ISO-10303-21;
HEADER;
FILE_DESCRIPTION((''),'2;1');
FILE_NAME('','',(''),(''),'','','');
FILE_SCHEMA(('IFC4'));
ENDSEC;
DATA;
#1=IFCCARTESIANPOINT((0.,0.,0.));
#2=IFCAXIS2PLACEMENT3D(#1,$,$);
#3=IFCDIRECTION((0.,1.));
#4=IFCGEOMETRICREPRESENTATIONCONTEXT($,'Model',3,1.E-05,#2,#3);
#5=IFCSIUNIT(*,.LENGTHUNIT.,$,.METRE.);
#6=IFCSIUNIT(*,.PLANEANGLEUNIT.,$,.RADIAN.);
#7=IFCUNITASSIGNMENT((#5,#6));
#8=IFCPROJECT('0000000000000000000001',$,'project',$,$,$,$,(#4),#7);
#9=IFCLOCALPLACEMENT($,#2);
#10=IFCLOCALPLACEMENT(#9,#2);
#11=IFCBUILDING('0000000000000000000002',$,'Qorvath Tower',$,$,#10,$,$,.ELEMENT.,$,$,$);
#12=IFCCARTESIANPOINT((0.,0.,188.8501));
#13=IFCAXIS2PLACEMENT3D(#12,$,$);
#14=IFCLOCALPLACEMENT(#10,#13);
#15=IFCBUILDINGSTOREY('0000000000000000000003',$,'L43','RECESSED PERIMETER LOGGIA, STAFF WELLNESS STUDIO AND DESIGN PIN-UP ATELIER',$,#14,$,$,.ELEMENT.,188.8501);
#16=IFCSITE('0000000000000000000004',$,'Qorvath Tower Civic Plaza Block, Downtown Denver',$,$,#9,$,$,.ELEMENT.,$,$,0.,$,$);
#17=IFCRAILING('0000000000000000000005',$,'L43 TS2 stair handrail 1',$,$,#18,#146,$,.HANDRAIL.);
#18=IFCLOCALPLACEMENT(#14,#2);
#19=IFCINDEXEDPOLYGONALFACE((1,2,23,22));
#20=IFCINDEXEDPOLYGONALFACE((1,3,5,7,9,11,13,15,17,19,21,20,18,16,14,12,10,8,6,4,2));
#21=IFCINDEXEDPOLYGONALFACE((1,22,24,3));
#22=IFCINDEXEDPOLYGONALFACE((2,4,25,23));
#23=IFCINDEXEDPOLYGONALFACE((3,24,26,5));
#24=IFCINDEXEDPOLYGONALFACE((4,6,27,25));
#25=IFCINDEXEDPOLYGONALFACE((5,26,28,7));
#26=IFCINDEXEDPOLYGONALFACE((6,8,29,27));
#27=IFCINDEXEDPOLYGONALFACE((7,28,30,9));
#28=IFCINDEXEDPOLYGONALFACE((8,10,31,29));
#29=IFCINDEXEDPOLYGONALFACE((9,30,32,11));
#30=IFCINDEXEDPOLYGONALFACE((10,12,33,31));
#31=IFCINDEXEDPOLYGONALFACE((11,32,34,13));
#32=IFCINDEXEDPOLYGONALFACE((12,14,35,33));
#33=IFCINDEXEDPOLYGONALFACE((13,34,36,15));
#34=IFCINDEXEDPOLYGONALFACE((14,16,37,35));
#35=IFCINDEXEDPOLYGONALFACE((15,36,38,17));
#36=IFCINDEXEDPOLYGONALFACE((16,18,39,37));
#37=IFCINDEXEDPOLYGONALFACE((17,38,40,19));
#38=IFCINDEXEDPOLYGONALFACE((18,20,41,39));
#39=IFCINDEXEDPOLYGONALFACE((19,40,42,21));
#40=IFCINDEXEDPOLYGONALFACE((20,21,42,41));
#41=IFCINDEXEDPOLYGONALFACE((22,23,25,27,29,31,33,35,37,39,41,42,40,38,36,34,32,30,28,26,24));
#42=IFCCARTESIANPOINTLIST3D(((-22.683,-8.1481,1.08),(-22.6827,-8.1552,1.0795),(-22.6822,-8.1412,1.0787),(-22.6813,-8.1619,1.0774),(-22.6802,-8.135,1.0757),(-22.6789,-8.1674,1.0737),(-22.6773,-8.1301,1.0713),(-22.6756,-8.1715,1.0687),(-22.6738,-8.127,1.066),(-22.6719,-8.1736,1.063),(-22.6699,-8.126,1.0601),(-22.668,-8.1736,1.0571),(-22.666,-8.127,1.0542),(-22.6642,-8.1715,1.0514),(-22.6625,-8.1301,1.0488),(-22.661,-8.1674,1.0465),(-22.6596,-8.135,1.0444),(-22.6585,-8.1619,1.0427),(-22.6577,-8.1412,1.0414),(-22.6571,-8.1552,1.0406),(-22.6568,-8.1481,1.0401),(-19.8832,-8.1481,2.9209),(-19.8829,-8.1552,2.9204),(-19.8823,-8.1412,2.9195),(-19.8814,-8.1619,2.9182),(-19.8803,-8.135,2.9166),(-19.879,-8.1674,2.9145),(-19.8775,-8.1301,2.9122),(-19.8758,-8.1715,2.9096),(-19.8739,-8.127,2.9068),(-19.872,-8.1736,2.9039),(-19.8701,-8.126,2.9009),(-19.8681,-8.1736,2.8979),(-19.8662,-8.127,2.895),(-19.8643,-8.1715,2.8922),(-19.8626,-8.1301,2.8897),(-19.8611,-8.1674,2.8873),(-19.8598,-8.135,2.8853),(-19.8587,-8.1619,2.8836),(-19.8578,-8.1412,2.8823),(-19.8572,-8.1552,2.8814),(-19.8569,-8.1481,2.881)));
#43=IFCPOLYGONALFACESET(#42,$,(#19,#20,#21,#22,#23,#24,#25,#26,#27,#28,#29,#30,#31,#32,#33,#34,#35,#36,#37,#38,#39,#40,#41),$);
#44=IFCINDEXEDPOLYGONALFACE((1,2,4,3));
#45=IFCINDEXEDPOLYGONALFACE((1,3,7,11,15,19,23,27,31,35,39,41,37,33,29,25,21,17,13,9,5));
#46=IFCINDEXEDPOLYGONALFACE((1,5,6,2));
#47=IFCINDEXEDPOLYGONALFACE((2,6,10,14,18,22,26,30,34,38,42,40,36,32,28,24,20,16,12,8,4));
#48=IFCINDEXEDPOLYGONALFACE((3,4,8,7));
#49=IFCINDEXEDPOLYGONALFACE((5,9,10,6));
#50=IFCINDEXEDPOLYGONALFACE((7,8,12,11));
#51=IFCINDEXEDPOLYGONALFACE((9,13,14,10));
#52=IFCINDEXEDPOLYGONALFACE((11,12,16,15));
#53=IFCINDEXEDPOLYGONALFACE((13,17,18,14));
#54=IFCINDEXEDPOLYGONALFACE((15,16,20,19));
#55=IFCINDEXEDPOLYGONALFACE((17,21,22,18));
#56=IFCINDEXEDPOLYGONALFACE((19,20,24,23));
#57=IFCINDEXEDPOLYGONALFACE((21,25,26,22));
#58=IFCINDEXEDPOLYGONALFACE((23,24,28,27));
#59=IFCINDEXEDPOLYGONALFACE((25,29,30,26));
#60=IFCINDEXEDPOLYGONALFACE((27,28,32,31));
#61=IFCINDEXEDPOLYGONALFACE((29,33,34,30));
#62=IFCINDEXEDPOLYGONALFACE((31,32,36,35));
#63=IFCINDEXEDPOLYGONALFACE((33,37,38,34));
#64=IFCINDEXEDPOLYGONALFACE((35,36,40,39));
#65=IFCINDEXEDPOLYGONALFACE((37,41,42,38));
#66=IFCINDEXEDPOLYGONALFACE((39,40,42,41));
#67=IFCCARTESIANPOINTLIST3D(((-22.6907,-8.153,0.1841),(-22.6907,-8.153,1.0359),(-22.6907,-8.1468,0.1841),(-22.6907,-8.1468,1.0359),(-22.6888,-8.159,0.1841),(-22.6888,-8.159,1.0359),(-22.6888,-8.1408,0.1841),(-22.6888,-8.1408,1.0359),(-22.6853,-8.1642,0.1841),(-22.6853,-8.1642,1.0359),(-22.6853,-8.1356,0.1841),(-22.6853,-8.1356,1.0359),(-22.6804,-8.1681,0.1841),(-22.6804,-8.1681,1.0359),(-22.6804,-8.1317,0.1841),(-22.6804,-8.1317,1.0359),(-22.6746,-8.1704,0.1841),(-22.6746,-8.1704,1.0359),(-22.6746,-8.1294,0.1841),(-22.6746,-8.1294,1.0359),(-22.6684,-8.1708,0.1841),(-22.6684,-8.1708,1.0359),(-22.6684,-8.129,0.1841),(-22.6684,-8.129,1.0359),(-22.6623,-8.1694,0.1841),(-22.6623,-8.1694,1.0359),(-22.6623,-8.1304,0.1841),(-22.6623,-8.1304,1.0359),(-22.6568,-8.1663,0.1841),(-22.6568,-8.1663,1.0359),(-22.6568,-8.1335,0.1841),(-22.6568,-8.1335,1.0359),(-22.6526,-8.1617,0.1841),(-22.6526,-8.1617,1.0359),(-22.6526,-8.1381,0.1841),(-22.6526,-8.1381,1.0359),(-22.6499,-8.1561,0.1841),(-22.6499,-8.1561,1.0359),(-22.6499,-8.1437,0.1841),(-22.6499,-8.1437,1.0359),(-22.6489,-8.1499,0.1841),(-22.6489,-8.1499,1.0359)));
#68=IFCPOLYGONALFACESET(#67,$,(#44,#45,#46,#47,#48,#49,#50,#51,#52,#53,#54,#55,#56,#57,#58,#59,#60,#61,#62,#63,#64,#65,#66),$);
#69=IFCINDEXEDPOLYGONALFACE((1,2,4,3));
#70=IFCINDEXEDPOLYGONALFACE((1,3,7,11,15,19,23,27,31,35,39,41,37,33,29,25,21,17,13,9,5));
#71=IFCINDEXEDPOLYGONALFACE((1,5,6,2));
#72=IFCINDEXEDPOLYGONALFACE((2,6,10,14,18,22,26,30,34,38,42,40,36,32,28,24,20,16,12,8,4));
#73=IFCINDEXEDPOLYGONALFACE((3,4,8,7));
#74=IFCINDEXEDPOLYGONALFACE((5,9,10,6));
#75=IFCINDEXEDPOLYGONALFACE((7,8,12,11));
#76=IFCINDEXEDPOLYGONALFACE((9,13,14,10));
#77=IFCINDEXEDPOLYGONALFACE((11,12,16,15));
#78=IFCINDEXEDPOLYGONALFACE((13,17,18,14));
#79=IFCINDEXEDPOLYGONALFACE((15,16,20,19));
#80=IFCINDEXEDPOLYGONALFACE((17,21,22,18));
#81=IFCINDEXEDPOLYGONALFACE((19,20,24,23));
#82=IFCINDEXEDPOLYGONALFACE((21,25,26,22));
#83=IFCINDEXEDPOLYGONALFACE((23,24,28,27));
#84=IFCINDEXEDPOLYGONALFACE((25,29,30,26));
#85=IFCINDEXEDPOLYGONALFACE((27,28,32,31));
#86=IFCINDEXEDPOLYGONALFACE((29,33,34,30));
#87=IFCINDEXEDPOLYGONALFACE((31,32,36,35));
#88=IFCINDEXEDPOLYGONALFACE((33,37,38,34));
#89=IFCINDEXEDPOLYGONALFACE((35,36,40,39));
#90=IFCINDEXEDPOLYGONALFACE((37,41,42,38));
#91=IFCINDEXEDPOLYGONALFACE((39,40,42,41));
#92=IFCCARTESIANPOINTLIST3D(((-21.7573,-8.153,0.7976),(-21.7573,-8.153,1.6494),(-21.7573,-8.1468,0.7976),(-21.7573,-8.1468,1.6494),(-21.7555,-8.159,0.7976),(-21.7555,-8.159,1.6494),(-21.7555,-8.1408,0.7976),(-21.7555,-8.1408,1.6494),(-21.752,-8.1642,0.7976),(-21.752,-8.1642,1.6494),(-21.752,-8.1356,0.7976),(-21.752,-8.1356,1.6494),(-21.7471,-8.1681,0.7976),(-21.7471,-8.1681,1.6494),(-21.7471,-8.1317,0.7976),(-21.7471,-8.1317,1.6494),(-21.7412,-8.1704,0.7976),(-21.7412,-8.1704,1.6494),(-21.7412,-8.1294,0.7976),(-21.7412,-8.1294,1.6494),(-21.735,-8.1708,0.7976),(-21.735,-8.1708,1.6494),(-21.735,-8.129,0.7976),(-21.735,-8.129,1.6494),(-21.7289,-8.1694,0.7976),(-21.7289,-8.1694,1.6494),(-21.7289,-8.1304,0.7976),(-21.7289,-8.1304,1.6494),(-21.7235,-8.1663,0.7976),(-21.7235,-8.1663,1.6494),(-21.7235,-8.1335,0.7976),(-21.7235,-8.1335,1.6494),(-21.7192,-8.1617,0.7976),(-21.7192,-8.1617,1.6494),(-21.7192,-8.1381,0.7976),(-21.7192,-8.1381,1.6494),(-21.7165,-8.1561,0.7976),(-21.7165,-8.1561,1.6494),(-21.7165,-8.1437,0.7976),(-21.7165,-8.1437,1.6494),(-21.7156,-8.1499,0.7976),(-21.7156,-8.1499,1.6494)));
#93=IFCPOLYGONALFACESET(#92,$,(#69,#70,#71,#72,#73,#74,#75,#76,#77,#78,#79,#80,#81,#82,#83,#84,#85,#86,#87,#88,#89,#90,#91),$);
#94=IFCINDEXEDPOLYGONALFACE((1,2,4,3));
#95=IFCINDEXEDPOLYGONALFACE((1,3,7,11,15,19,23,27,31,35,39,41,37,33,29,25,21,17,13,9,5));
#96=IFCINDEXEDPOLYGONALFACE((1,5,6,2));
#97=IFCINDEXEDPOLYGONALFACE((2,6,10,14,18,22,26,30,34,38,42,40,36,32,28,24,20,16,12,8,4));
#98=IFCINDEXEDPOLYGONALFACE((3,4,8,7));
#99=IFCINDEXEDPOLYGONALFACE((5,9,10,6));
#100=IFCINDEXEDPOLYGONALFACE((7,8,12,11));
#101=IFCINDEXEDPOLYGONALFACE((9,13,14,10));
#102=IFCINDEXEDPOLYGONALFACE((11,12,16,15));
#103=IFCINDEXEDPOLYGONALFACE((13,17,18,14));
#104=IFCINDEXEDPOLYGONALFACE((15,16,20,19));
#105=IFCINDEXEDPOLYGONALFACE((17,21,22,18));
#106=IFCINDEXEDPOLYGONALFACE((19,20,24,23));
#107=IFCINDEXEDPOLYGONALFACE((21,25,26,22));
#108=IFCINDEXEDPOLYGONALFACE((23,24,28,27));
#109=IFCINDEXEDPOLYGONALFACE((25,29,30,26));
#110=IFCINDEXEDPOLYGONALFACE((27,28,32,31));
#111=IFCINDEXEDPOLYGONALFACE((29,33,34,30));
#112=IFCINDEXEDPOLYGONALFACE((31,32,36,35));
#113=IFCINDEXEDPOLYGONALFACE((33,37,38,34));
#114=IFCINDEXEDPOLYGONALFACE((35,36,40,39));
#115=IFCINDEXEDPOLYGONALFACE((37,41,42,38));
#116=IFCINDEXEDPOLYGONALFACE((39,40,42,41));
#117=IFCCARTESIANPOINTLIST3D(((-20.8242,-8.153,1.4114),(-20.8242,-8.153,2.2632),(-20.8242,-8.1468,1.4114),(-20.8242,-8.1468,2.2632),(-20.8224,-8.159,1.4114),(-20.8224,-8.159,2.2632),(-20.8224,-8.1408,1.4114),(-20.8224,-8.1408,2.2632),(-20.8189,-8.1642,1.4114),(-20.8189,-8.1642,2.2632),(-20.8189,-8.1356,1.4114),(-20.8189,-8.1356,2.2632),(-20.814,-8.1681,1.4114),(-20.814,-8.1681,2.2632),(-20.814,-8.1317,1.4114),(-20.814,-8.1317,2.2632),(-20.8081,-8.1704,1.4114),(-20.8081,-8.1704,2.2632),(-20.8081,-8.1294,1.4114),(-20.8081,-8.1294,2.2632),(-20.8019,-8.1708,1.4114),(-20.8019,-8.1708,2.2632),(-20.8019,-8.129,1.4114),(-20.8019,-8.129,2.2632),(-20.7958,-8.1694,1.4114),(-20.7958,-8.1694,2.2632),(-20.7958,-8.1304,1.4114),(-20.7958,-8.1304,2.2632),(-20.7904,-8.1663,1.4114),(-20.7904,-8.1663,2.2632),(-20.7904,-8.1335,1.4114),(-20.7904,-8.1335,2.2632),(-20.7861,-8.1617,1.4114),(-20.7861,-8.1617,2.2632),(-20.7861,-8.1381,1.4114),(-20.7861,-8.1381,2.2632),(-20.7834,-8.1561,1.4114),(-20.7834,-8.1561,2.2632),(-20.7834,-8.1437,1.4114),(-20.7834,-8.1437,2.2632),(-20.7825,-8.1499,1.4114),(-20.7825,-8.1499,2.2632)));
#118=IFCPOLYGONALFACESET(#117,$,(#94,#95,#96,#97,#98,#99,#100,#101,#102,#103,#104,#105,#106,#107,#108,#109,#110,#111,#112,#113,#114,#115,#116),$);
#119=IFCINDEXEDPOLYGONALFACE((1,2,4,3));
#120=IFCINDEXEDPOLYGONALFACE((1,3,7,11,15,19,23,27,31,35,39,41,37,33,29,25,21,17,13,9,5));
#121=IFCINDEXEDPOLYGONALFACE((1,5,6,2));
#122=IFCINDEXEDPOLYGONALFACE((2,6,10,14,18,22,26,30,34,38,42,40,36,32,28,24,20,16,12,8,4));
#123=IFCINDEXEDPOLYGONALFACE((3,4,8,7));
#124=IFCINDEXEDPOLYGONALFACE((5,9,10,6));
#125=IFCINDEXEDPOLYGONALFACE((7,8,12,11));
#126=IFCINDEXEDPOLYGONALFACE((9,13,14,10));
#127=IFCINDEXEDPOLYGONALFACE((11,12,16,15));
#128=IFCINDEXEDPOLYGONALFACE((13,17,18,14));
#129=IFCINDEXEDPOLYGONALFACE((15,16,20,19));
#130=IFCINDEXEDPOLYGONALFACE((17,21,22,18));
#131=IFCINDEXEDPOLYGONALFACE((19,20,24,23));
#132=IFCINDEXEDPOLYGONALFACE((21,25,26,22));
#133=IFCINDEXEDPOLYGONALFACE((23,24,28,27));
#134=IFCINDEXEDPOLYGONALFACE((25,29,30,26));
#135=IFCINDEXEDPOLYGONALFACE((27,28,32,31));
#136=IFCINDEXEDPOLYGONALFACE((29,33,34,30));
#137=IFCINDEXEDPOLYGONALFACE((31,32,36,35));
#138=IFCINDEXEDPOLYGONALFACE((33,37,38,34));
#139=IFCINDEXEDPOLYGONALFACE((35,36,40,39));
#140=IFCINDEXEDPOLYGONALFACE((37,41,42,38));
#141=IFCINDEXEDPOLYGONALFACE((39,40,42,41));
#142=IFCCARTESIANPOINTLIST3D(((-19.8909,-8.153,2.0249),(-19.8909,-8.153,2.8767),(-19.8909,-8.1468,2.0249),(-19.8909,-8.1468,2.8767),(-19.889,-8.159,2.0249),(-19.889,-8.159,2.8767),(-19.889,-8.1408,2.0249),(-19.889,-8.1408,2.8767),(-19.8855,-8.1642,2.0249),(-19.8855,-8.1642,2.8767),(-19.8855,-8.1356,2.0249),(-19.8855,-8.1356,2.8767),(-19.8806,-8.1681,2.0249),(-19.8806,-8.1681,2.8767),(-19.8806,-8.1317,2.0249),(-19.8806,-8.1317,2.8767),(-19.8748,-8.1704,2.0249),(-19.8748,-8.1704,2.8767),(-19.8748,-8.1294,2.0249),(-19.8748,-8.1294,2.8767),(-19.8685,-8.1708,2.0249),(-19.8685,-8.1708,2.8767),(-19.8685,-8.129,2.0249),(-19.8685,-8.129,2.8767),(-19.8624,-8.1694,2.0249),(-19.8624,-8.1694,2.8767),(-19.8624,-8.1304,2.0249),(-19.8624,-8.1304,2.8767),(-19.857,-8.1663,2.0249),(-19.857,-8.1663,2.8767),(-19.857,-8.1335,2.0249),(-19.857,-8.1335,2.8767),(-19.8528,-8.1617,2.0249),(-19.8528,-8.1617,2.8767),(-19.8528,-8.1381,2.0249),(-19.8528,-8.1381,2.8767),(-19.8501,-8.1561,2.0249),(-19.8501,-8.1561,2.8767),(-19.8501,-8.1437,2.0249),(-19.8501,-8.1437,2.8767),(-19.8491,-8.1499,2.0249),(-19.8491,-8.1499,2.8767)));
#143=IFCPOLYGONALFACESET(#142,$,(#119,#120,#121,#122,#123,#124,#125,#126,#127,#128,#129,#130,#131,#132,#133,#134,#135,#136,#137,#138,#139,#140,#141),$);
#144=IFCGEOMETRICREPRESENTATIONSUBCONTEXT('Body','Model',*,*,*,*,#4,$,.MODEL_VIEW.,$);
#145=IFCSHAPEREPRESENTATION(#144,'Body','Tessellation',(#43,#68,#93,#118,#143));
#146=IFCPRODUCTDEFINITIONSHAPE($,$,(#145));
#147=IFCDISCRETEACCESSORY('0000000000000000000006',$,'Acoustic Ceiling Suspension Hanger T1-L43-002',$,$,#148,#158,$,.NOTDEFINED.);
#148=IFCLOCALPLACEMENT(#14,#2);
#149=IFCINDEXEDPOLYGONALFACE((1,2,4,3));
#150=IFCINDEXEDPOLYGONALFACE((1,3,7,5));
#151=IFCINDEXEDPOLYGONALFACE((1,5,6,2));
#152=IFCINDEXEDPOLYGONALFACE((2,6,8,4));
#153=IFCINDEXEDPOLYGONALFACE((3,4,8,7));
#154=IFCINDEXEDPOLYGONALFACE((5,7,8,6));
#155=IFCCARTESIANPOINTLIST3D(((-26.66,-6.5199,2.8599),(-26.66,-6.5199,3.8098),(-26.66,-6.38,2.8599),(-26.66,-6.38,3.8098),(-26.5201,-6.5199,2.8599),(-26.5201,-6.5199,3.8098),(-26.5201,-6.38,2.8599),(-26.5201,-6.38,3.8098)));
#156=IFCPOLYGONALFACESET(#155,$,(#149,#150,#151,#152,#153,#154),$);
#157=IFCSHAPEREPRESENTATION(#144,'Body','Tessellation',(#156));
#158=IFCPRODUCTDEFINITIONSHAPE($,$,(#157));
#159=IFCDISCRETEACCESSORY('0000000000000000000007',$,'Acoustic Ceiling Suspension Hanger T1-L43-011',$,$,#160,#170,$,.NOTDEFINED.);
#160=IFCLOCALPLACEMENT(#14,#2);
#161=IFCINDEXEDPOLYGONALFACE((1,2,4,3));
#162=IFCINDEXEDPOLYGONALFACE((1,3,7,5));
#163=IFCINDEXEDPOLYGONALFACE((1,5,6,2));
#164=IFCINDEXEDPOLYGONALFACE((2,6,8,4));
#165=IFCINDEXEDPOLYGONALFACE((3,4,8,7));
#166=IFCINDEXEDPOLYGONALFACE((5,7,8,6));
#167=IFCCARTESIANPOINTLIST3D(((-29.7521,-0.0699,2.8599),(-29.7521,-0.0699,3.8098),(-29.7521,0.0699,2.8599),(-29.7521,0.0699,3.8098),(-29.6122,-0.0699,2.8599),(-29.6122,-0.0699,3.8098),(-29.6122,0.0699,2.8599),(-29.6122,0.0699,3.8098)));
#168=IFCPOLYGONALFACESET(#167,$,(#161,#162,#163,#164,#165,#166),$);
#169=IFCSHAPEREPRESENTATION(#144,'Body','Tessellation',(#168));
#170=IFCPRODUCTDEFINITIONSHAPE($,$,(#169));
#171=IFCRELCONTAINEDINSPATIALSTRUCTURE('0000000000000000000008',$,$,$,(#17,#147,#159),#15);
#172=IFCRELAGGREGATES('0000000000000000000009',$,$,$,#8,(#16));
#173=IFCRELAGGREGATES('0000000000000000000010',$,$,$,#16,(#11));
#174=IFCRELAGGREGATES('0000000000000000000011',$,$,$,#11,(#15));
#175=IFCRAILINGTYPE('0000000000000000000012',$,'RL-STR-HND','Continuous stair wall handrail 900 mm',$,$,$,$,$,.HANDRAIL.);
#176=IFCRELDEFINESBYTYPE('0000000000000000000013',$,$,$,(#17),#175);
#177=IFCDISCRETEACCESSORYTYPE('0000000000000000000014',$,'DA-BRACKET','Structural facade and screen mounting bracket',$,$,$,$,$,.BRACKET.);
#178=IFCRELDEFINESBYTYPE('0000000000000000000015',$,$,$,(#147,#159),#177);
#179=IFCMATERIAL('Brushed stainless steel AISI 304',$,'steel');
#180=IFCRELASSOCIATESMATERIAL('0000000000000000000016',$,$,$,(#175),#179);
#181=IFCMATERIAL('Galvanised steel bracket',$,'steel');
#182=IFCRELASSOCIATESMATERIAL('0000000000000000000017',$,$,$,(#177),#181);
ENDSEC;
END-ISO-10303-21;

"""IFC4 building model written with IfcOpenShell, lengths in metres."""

from ifc_helpers import new_model, si_unit, direction, frame, origin, origin_2d, place, context, subcontext, project, spatial, rectangle, circle, extrude, material, type_object, element, save


model = new_model("IFC4")

# Units and contexts
model_context = context("Model", 3, precision=1e-05, world=origin(), true_north=direction((0.0, 1.0)))
body_context = subcontext(model_context, "Body", "Model", "MODEL_VIEW")
ifc_project = project(units=[si_unit("LENGTHUNIT", "METRE"), si_unit("PLANEANGLEUNIT", "RADIAN")], contexts=[model_context])

# Site, building, storey
site_placement = place(None, origin())
site = spatial("IfcSite", under=ifc_project, at=site_placement, Name="Qorvath Tower Civic Plaza Block, Downtown Denver", CompositionType="ELEMENT", RefElevation=0.0)
building_placement = place(site_placement, origin())
building = spatial("IfcBuilding", under=site, at=building_placement, Name="Qorvath Tower", CompositionType="ELEMENT")
storey_placement = place(building_placement, frame((0.0, 0.0, 188.8501)))
storey = spatial("IfcBuildingStorey", under=building, at=storey_placement, Name="L43", Description="RECESSED PERIMETER LOGGIA, STAFF WELLNESS STUDIO AND DESIGN PIN-UP ATELIER", CompositionType="ELEMENT", Elevation=188.8501)

# Railing
ifc_material_1 = material(Name="Brushed stainless steel AISI 304", Category="steel")
railing_type_1 = type_object("IfcRailingType", Name="RL-STR-HND", Description="Continuous stair wall handrail 900 mm", PredefinedType="HANDRAIL", material=ifc_material_1)
railing_1_placement = place(storey_placement, frame((-22.6699, -8.1499, 0.1841)))
element("IfcRailing", 1, at=railing_1_placement, inside=storey, type_object=railing_type_1, Name="L43 TS2 stair handrail 1", PredefinedType="HANDRAIL", context=body_context, shape_type="SweptSolid", body=[
    extrude(circle(Radius=0.0239, at=origin_2d()), frame((0.0, 0.0, 0.876), z_axis=(0.835576, 0.0, 0.549376), x_axis=(0.0, 1.0, 0.0)), (0.0, 0.0, 1.0), 3.3508),
    extrude(circle(Radius=0.021, at=origin_2d()), origin(), (0.0, 0.0, 1.0), 0.8518),
    extrude(circle(Radius=0.021, at=origin_2d()), frame((0.9333, 0.0, 0.6135)), (0.0, 0.0, 1.0), 0.8518),
    extrude(circle(Radius=0.021, at=origin_2d()), frame((1.8665, 0.0, 1.2273)), (0.0, 0.0, 1.0), 0.8518),
    extrude(circle(Radius=0.021, at=origin_2d()), frame((2.7998, 0.0, 1.8408)), (0.0, 0.0, 1.0), 0.8518),
])

# Discrete accessories
ifc_material_2 = material(Name="Galvanised steel bracket", Category="steel")
discrete_accessory_type = type_object("IfcDiscreteAccessoryType", Name="DA-BRACKET", Description="Structural facade and screen mounting bracket", PredefinedType="BRACKET", material=ifc_material_2)
for number, where, z_axis, x_axis, name in (
    (2, (-26.5901, -6.45, 2.8599), (0.0, 0.0, 1.0), (1.0, 0.0, 0.0), "Acoustic Ceiling Suspension Hanger T1-L43-002"),
    (3, (-29.6821, 0.0, 2.8599), (0.0, 0.0, 1.0), (1.0, 0.0, 0.0), "Acoustic Ceiling Suspension Hanger T1-L43-011"),
):
    element("IfcDiscreteAccessory", number, at=place(storey_placement, frame(where, z_axis=z_axis, x_axis=x_axis)), inside=storey, type_object=discrete_accessory_type, Name=name, PredefinedType="NOTDEFINED", context=body_context, shape_type="SweptSolid", body=[
        extrude(rectangle(XDim=0.1399, YDim=0.1399, at=origin_2d()), origin(), (0.0, 0.0, 1.0), 0.95),
    ])

save(model, "model.ifc")
